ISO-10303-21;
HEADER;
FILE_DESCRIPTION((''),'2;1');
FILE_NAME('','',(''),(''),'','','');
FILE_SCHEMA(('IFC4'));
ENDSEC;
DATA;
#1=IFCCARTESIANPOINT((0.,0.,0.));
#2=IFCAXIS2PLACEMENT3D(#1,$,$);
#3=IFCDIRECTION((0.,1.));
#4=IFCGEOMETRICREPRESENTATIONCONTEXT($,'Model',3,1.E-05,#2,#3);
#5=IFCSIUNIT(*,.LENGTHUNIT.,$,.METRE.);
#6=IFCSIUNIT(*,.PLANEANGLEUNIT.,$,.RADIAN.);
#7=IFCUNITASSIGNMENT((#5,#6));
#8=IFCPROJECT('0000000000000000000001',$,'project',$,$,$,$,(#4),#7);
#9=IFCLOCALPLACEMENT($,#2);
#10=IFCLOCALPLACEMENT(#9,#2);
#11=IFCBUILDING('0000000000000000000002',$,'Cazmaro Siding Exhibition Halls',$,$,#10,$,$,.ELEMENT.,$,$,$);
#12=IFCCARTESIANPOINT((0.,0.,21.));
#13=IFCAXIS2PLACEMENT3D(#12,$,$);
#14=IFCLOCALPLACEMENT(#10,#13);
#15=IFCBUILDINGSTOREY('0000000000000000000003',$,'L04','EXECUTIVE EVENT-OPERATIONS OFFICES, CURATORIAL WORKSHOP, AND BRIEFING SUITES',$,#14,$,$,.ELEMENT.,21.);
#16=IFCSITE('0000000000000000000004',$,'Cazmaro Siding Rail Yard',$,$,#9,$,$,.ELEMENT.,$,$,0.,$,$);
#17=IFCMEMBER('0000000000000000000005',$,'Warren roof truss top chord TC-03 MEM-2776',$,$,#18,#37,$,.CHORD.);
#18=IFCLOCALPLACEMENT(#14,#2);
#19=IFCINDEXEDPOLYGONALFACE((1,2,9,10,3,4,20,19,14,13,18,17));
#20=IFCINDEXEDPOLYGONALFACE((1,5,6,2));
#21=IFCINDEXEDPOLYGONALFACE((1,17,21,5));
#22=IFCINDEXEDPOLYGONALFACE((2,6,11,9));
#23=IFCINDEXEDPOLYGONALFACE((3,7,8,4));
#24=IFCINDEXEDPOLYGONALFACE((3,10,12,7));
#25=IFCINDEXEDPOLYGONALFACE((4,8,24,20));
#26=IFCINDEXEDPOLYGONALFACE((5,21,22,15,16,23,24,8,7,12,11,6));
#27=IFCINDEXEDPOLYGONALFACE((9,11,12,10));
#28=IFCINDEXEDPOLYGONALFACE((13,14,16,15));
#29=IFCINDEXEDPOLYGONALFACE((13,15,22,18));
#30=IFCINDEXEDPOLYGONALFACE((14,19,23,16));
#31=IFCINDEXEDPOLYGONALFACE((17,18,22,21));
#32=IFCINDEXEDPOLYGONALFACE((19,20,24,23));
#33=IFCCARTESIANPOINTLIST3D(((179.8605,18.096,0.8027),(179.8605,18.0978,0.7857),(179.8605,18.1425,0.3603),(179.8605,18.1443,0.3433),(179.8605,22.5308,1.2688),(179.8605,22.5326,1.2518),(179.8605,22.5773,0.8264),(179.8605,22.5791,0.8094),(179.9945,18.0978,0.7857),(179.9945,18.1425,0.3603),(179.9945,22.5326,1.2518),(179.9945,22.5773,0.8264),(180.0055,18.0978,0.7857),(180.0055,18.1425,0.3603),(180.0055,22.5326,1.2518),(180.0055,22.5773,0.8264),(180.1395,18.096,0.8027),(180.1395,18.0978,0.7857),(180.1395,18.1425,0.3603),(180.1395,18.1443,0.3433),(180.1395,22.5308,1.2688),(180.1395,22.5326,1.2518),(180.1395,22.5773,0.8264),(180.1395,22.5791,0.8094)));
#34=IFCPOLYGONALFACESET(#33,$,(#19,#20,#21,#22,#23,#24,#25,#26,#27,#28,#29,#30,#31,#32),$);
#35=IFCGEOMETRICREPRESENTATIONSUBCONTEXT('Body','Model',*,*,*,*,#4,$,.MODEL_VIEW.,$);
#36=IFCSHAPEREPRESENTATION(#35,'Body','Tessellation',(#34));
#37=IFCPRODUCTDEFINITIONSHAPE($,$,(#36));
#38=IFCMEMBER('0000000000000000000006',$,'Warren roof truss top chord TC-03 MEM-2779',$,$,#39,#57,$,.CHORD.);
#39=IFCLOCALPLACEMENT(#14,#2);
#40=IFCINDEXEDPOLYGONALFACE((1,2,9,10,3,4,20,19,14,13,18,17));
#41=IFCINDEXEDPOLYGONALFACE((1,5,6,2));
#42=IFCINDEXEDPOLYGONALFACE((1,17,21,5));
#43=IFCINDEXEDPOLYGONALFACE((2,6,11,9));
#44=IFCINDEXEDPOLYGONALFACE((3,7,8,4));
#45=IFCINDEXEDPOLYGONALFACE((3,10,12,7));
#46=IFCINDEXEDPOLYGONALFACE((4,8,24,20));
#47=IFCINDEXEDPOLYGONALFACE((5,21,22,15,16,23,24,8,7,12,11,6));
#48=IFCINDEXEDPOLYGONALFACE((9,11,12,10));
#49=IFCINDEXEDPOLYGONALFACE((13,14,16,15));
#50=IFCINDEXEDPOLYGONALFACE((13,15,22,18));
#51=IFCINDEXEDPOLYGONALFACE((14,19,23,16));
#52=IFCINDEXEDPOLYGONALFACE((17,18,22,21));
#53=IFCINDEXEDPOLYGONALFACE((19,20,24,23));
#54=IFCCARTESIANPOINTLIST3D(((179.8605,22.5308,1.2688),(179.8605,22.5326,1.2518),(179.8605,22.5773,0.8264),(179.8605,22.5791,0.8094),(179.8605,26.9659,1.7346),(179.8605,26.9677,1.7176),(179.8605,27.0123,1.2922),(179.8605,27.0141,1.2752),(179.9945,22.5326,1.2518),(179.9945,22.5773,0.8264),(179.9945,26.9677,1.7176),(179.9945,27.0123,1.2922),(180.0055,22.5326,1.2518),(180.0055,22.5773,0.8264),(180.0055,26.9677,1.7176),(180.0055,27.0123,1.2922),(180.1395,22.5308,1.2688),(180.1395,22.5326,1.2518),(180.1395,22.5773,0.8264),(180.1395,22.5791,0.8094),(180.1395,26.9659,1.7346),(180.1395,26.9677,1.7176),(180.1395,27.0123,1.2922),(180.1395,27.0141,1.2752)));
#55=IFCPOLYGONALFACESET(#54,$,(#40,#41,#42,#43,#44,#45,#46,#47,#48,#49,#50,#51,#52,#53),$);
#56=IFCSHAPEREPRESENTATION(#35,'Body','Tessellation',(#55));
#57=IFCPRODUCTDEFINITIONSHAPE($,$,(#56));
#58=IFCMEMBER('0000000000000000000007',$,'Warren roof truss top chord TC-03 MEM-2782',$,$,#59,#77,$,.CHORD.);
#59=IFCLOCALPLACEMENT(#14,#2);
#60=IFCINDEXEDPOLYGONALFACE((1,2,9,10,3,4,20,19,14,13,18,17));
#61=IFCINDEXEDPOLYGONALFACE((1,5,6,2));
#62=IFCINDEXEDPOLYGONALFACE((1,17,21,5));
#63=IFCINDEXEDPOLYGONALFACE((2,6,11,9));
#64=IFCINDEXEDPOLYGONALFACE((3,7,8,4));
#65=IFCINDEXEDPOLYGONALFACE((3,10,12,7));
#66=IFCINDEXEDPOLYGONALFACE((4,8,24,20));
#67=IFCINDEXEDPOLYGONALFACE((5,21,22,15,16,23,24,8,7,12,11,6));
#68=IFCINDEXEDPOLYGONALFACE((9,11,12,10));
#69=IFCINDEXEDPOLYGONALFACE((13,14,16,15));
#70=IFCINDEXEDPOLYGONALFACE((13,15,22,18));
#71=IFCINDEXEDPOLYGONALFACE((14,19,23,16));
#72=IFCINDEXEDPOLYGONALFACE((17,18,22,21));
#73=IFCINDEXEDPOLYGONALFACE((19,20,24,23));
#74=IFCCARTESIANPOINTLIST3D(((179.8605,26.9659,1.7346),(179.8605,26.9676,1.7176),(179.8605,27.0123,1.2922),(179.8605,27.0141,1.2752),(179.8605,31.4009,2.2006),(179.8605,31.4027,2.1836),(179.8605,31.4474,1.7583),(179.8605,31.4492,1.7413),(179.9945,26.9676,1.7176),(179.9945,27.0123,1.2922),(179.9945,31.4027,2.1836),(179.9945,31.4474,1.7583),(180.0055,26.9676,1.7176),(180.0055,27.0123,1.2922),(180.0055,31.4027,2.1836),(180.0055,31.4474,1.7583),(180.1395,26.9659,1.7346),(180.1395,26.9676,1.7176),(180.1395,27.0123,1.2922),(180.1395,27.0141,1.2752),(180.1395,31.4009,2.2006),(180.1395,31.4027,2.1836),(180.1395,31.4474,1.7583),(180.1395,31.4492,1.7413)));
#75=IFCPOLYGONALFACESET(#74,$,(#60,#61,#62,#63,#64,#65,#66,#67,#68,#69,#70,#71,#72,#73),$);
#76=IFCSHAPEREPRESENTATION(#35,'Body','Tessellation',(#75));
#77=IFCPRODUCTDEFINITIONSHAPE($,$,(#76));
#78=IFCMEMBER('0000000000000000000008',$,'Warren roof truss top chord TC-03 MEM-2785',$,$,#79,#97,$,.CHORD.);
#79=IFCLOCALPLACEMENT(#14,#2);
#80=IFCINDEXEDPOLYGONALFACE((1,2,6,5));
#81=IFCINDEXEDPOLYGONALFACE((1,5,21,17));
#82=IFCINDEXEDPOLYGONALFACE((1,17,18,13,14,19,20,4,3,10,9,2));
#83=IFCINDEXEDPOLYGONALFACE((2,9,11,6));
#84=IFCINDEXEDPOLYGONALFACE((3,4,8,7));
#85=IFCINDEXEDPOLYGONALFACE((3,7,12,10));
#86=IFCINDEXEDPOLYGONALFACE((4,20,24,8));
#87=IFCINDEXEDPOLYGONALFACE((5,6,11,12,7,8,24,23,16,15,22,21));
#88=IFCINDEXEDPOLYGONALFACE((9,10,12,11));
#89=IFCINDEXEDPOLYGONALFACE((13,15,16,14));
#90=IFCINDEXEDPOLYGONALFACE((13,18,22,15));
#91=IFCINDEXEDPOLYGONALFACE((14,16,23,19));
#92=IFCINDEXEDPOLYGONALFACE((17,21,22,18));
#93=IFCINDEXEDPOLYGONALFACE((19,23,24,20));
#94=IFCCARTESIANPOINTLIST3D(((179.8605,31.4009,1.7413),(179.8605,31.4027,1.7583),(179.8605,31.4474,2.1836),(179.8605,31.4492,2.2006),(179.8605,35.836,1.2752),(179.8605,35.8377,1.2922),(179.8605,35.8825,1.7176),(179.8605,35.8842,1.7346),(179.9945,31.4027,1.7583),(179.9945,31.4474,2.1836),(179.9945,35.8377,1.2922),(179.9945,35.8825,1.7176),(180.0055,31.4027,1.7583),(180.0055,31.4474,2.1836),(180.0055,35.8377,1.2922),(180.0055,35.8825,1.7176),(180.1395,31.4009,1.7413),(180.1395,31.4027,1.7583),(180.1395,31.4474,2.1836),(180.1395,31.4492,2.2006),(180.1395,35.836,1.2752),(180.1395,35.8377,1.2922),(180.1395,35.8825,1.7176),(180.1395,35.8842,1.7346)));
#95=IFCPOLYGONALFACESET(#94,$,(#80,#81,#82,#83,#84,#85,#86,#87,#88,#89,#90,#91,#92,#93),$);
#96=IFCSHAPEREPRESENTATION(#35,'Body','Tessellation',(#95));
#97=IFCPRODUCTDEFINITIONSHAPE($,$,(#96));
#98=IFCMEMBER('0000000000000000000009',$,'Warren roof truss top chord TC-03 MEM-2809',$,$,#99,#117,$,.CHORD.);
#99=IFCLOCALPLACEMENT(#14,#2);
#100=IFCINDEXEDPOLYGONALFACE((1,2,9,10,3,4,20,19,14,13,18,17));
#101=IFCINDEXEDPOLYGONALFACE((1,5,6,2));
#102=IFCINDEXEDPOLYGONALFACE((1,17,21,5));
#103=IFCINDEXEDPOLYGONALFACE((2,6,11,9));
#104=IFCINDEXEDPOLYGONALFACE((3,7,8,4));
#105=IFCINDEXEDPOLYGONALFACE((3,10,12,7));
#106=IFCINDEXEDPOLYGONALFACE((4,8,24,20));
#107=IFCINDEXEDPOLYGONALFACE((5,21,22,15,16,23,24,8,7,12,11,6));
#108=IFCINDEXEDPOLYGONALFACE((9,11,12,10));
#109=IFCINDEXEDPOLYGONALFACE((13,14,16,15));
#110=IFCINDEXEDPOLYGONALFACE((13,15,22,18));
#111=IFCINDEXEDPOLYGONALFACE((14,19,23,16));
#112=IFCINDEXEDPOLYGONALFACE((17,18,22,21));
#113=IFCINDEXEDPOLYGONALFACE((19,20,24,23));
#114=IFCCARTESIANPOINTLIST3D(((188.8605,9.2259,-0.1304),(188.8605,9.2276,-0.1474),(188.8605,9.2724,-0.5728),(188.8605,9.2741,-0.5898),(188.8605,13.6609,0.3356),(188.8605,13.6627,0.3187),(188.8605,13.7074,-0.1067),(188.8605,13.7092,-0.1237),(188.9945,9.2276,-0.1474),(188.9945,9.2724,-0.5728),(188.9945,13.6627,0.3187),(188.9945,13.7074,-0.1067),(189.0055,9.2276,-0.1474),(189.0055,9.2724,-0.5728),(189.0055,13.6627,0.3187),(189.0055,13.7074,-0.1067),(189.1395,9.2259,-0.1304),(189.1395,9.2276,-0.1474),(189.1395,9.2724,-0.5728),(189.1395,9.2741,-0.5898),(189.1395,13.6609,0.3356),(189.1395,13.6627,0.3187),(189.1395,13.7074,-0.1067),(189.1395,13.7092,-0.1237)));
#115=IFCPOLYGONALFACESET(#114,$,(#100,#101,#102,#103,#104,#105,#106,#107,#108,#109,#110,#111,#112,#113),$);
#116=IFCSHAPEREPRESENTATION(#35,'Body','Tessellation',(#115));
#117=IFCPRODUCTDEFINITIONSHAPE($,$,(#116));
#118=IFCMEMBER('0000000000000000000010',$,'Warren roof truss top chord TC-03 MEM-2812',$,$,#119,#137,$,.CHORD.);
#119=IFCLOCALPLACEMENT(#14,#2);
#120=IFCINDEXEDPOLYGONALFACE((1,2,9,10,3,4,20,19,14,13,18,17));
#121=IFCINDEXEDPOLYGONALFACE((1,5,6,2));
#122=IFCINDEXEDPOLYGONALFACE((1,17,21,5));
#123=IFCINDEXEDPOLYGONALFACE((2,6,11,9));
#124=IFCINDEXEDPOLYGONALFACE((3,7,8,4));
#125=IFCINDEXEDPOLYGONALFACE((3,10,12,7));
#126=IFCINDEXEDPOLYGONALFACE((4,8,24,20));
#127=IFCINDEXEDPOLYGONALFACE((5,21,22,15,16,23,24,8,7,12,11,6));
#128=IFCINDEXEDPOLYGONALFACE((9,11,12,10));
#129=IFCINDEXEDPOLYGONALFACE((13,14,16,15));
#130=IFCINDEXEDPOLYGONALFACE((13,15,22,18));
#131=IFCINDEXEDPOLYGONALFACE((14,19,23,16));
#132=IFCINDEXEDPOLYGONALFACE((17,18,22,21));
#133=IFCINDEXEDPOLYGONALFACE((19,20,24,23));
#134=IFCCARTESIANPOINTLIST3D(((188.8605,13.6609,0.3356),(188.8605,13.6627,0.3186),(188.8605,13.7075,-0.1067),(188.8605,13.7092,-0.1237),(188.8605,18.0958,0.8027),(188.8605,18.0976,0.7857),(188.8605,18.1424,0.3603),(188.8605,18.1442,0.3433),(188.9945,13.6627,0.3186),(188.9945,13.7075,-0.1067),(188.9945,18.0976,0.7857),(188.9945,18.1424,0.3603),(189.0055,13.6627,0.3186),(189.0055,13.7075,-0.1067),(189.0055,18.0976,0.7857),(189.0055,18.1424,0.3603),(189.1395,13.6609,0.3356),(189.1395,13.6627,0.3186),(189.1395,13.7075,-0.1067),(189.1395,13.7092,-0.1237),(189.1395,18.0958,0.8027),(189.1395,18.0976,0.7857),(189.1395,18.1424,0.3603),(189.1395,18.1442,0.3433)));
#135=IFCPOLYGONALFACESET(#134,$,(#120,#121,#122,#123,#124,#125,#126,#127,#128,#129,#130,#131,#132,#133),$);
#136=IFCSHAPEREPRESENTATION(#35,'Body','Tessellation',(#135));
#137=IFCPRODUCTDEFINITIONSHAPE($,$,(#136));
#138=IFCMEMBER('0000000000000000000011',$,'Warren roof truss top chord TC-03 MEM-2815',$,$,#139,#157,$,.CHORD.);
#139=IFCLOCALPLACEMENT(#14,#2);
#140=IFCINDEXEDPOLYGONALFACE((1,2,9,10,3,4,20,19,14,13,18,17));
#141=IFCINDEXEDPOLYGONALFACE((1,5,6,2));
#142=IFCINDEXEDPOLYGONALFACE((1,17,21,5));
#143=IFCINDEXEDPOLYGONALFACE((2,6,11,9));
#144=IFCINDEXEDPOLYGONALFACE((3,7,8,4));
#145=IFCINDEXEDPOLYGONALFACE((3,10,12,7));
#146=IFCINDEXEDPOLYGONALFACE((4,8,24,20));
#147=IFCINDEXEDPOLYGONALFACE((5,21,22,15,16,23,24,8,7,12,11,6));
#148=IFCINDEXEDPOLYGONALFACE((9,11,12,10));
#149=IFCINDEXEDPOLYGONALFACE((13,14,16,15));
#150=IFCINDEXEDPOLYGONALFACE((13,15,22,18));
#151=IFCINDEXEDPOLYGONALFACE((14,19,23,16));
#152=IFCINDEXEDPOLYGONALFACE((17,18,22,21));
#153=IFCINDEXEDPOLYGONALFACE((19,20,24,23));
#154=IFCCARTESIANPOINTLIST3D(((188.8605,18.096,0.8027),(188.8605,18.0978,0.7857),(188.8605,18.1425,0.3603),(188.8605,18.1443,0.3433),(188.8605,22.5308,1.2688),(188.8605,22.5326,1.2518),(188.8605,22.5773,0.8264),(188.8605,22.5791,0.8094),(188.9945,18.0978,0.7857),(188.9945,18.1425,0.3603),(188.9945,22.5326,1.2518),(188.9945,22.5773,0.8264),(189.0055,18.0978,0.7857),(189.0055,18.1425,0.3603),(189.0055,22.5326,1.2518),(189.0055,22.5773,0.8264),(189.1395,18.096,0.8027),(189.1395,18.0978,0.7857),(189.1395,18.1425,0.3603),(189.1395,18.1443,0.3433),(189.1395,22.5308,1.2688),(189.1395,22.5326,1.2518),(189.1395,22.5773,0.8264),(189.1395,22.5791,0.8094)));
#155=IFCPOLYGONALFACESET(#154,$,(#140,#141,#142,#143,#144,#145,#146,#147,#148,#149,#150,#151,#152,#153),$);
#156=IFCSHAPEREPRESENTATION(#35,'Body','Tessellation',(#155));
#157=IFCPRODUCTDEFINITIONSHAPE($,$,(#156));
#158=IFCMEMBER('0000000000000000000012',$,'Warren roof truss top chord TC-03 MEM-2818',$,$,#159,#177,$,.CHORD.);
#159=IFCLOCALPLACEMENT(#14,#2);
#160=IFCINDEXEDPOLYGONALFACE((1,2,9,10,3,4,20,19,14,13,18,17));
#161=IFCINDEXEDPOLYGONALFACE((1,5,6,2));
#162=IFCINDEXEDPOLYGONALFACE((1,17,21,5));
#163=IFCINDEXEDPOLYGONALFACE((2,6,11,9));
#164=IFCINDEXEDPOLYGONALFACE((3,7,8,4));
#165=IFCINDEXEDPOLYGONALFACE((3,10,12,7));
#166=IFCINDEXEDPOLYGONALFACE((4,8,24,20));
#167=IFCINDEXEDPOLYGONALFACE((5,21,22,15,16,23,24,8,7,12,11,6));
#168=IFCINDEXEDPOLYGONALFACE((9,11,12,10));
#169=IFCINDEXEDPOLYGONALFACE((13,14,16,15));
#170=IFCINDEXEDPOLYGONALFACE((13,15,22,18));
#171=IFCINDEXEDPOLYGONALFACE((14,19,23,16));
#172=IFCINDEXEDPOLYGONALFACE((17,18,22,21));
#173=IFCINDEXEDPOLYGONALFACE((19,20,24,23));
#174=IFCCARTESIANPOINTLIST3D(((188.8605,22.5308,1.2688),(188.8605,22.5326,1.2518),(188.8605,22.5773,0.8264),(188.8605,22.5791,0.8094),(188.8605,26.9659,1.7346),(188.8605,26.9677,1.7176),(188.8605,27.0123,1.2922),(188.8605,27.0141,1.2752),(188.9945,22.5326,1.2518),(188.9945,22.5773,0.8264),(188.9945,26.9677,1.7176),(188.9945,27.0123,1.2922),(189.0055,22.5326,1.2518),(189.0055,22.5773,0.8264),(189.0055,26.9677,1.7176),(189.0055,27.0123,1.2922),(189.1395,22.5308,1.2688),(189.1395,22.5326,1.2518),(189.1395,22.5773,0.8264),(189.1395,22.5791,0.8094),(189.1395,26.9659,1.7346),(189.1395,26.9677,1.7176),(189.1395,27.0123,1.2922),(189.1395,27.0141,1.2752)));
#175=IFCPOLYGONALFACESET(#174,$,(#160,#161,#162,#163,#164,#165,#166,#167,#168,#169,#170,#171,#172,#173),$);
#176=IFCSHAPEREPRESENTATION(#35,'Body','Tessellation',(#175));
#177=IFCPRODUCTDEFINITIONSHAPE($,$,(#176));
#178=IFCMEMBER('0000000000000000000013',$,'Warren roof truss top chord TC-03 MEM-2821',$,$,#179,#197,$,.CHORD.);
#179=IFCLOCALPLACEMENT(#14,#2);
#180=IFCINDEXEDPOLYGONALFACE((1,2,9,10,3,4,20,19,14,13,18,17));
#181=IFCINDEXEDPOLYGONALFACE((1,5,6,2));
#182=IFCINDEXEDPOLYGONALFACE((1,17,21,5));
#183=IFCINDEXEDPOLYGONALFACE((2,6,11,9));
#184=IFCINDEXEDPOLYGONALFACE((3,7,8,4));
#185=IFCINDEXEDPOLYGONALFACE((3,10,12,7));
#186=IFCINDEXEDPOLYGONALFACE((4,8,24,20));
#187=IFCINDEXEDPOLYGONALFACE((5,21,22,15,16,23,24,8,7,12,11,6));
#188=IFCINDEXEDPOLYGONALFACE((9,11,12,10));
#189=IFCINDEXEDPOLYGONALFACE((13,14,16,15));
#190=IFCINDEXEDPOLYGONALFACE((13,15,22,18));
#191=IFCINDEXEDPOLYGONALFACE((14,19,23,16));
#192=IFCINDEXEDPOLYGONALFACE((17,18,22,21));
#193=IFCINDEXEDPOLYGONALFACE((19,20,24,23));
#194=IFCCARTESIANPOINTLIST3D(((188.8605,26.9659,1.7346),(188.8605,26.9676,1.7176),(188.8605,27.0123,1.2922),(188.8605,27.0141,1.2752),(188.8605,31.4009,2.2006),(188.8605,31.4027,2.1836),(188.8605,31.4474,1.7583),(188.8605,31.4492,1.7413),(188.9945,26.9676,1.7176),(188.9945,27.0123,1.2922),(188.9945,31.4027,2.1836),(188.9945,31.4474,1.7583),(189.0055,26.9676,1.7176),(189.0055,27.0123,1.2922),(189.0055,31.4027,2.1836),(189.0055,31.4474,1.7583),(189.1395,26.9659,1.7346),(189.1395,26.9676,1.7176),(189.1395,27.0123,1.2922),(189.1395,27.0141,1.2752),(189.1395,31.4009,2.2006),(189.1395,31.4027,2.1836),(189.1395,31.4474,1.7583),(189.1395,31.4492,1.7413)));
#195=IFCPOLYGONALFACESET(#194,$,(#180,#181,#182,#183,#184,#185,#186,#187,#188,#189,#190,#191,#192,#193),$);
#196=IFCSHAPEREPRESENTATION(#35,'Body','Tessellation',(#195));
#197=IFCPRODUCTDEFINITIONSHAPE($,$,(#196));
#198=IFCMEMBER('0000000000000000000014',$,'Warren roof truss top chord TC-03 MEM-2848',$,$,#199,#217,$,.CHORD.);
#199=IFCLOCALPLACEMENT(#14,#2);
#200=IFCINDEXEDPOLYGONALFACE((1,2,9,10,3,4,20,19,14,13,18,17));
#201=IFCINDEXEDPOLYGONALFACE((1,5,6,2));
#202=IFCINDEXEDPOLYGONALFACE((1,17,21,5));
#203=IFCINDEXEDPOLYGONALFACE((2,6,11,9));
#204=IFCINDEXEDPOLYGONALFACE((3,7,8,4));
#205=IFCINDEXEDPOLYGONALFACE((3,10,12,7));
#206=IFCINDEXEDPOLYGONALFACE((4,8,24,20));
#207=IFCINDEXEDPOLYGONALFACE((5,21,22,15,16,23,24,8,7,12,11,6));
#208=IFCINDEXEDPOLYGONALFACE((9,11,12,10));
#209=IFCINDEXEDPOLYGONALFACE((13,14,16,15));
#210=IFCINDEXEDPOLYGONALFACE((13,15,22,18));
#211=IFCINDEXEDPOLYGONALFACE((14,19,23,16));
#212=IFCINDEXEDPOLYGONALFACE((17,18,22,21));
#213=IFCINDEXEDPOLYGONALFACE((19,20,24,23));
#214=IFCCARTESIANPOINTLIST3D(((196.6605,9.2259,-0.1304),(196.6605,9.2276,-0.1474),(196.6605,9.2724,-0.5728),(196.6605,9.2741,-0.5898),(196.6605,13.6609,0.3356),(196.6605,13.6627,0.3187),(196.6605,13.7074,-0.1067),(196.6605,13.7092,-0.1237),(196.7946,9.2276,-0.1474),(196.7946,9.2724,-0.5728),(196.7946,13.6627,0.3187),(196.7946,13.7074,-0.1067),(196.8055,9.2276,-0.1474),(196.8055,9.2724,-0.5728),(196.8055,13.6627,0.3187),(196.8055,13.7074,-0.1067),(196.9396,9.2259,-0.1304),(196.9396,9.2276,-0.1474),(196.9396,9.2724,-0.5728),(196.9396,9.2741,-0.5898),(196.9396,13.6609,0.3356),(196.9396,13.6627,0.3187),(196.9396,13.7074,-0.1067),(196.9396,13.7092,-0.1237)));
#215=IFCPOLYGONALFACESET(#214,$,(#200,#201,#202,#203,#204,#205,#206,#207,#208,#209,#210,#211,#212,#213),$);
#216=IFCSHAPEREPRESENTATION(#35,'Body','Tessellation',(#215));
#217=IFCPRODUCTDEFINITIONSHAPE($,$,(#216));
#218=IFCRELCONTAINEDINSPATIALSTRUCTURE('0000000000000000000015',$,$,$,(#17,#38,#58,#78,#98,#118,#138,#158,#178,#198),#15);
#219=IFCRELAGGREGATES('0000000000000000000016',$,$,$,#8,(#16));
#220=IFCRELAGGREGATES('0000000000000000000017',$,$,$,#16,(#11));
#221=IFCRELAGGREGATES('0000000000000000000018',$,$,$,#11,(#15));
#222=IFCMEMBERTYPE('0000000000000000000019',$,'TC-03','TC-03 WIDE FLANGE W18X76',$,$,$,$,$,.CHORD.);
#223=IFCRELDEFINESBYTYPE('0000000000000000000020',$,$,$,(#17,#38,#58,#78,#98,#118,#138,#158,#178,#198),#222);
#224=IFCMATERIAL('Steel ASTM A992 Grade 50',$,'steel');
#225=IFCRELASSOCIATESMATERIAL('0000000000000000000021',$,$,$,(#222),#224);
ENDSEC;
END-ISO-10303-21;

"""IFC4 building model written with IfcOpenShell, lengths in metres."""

from ifc_helpers import new_model, si_unit, direction, frame, origin, origin_2d, place, context, subcontext, project, spatial, i_section, extrude, material, material_profile, profile_set, type_object, element, save


model = new_model("IFC4")

# Units and contexts
model_context = context("Model", 3, precision=1e-05, world=origin(), true_north=direction((0.0, 1.0)))
body_context = subcontext(model_context, "Body", "Model", "MODEL_VIEW")
ifc_project = project(units=[si_unit("LENGTHUNIT", "METRE"), si_unit("PLANEANGLEUNIT", "RADIAN")], contexts=[model_context])

# Site, building, storey
site_placement = place(None, origin())
site = spatial("IfcSite", under=ifc_project, at=site_placement, Name="Cazmaro Siding Rail Yard", CompositionType="ELEMENT", RefElevation=0.0)
building_placement = place(site_placement, origin())
building = spatial("IfcBuilding", under=site, at=building_placement, Name="Cazmaro Siding Exhibition Halls", CompositionType="ELEMENT")
storey_placement = place(building_placement, frame((0.0, 0.0, 21.0)))
storey = spatial("IfcBuildingStorey", under=building, at=storey_placement, Name="L04", Description="EXECUTIVE EVENT-OPERATIONS OFFICES, CURATORIAL WORKSHOP, AND BRIEFING SUITES", CompositionType="ELEMENT", Elevation=21.0)

# Members
ifc_material_1 = material(Name="Steel ASTM A992 Grade 50", Category="steel")
ifc_material_profile_1 = material_profile(ifc_material_1, i_section(OverallWidth=0.2791, OverallDepth=0.4619, WebThickness=0.011, FlangeThickness=0.0171, at=origin_2d()), Name="W18X76")
ifc_profile_set_1 = profile_set([ifc_material_profile_1], Name="Steel ASTM A992 Grade 50")
member_type_1 = type_object("IfcMemberType", Name="TC-03", Description="TC-03 WIDE FLANGE W18X76", PredefinedType="CHORD", material=ifc_profile_set_1)
member_1_placement = place(storey_placement, frame((180.0, 18.1201, 0.573), z_axis=(0.0, 0.994523, 0.104517), x_axis=(-1.0, 0.0, 0.0)))
element("IfcMember", 1, at=member_1_placement, inside=storey, type_object=member_type_1, Name="Warren roof truss top chord TC-03 MEM-2776", PredefinedType="CHORD", context=body_context, shape_type="SweptSolid", body=[
    extrude(i_section(OverallWidth=0.2791, OverallDepth=0.4619, WebThickness=0.011, FlangeThickness=0.0171, at=origin_2d()), origin(), (0.0, 0.0, 1.0), 4.4592),
])
for number, where, z_axis, x_axis, name in (
    (2, (180.0, 22.5549, 1.0391), (0.0, 0.994529, 0.104457), (-1.0, 0.0, 0.0), "Warren roof truss top chord TC-03 MEM-2779"),
    (3, (180.0, 26.99, 1.5049), (0.0, 0.994524, 0.104511), (-1.0, 0.0, 0.0), "Warren roof truss top chord TC-03 MEM-2782"),
    (4, (180.0, 31.425, 1.9709), (0.0, 0.994524, -0.104511), (-1.0, 0.0, 0.0), "Warren roof truss top chord TC-03 MEM-2785"),
    (5, (189.0, 9.25, -0.3601), (0.0, 0.994524, 0.104511), (-1.0, 0.0, 0.0), "Warren roof truss top chord TC-03 MEM-2809"),
    (6, (189.0, 13.6851, 0.106), (0.0, 0.994501, 0.104728), (-1.0, 0.0, 0.0), "Warren roof truss top chord TC-03 MEM-2812"),
):
    element("IfcMember", number, at=place(storey_placement, frame(where, z_axis=z_axis, x_axis=x_axis)), inside=storey, type_object=member_type_1, Name=name, PredefinedType="CHORD", context=body_context, shape_type="SweptSolid", body=[
        extrude(i_section(OverallWidth=0.2791, OverallDepth=0.4619, WebThickness=0.011, FlangeThickness=0.0171, at=origin_2d()), origin(), (0.0, 0.0, 1.0), 4.4595),
    ])
member_2_placement = place(storey_placement, frame((189.0, 18.1201, 0.573), z_axis=(0.0, 0.994523, 0.104517), x_axis=(-1.0, 0.0, 0.0)))
element("IfcMember", 7, at=member_2_placement, inside=storey, type_object=member_type_1, Name="Warren roof truss top chord TC-03 MEM-2815", PredefinedType="CHORD", context=body_context, shape_type="SweptSolid", body=[
    extrude(i_section(OverallWidth=0.2791, OverallDepth=0.4619, WebThickness=0.011, FlangeThickness=0.0171, at=origin_2d()), origin(), (0.0, 0.0, 1.0), 4.4592),
])
for number, where, z_axis, x_axis, name in (
    (8, (189.0, 22.5549, 1.0391), (0.0, 0.994529, 0.104457), (-1.0, 0.0, 0.0), "Warren roof truss top chord TC-03 MEM-2818"),
    (9, (189.0, 26.99, 1.5049), (0.0, 0.994524, 0.104511), (-1.0, 0.0, 0.0), "Warren roof truss top chord TC-03 MEM-2821"),
    (10, (196.8, 9.25, -0.3601), (0.0, 0.994524, 0.104511), (-1.0, 0.0, 0.0), "Warren roof truss top chord TC-03 MEM-2848"),
):
    element("IfcMember", number, at=place(storey_placement, frame(where, z_axis=z_axis, x_axis=x_axis)), inside=storey, type_object=member_type_1, Name=name, PredefinedType="CHORD", context=body_context, shape_type="SweptSolid", body=[
        extrude(i_section(OverallWidth=0.2791, OverallDepth=0.4619, WebThickness=0.011, FlangeThickness=0.0171, at=origin_2d()), origin(), (0.0, 0.0, 1.0), 4.4595),
    ])

save(model, "model.ifc")
